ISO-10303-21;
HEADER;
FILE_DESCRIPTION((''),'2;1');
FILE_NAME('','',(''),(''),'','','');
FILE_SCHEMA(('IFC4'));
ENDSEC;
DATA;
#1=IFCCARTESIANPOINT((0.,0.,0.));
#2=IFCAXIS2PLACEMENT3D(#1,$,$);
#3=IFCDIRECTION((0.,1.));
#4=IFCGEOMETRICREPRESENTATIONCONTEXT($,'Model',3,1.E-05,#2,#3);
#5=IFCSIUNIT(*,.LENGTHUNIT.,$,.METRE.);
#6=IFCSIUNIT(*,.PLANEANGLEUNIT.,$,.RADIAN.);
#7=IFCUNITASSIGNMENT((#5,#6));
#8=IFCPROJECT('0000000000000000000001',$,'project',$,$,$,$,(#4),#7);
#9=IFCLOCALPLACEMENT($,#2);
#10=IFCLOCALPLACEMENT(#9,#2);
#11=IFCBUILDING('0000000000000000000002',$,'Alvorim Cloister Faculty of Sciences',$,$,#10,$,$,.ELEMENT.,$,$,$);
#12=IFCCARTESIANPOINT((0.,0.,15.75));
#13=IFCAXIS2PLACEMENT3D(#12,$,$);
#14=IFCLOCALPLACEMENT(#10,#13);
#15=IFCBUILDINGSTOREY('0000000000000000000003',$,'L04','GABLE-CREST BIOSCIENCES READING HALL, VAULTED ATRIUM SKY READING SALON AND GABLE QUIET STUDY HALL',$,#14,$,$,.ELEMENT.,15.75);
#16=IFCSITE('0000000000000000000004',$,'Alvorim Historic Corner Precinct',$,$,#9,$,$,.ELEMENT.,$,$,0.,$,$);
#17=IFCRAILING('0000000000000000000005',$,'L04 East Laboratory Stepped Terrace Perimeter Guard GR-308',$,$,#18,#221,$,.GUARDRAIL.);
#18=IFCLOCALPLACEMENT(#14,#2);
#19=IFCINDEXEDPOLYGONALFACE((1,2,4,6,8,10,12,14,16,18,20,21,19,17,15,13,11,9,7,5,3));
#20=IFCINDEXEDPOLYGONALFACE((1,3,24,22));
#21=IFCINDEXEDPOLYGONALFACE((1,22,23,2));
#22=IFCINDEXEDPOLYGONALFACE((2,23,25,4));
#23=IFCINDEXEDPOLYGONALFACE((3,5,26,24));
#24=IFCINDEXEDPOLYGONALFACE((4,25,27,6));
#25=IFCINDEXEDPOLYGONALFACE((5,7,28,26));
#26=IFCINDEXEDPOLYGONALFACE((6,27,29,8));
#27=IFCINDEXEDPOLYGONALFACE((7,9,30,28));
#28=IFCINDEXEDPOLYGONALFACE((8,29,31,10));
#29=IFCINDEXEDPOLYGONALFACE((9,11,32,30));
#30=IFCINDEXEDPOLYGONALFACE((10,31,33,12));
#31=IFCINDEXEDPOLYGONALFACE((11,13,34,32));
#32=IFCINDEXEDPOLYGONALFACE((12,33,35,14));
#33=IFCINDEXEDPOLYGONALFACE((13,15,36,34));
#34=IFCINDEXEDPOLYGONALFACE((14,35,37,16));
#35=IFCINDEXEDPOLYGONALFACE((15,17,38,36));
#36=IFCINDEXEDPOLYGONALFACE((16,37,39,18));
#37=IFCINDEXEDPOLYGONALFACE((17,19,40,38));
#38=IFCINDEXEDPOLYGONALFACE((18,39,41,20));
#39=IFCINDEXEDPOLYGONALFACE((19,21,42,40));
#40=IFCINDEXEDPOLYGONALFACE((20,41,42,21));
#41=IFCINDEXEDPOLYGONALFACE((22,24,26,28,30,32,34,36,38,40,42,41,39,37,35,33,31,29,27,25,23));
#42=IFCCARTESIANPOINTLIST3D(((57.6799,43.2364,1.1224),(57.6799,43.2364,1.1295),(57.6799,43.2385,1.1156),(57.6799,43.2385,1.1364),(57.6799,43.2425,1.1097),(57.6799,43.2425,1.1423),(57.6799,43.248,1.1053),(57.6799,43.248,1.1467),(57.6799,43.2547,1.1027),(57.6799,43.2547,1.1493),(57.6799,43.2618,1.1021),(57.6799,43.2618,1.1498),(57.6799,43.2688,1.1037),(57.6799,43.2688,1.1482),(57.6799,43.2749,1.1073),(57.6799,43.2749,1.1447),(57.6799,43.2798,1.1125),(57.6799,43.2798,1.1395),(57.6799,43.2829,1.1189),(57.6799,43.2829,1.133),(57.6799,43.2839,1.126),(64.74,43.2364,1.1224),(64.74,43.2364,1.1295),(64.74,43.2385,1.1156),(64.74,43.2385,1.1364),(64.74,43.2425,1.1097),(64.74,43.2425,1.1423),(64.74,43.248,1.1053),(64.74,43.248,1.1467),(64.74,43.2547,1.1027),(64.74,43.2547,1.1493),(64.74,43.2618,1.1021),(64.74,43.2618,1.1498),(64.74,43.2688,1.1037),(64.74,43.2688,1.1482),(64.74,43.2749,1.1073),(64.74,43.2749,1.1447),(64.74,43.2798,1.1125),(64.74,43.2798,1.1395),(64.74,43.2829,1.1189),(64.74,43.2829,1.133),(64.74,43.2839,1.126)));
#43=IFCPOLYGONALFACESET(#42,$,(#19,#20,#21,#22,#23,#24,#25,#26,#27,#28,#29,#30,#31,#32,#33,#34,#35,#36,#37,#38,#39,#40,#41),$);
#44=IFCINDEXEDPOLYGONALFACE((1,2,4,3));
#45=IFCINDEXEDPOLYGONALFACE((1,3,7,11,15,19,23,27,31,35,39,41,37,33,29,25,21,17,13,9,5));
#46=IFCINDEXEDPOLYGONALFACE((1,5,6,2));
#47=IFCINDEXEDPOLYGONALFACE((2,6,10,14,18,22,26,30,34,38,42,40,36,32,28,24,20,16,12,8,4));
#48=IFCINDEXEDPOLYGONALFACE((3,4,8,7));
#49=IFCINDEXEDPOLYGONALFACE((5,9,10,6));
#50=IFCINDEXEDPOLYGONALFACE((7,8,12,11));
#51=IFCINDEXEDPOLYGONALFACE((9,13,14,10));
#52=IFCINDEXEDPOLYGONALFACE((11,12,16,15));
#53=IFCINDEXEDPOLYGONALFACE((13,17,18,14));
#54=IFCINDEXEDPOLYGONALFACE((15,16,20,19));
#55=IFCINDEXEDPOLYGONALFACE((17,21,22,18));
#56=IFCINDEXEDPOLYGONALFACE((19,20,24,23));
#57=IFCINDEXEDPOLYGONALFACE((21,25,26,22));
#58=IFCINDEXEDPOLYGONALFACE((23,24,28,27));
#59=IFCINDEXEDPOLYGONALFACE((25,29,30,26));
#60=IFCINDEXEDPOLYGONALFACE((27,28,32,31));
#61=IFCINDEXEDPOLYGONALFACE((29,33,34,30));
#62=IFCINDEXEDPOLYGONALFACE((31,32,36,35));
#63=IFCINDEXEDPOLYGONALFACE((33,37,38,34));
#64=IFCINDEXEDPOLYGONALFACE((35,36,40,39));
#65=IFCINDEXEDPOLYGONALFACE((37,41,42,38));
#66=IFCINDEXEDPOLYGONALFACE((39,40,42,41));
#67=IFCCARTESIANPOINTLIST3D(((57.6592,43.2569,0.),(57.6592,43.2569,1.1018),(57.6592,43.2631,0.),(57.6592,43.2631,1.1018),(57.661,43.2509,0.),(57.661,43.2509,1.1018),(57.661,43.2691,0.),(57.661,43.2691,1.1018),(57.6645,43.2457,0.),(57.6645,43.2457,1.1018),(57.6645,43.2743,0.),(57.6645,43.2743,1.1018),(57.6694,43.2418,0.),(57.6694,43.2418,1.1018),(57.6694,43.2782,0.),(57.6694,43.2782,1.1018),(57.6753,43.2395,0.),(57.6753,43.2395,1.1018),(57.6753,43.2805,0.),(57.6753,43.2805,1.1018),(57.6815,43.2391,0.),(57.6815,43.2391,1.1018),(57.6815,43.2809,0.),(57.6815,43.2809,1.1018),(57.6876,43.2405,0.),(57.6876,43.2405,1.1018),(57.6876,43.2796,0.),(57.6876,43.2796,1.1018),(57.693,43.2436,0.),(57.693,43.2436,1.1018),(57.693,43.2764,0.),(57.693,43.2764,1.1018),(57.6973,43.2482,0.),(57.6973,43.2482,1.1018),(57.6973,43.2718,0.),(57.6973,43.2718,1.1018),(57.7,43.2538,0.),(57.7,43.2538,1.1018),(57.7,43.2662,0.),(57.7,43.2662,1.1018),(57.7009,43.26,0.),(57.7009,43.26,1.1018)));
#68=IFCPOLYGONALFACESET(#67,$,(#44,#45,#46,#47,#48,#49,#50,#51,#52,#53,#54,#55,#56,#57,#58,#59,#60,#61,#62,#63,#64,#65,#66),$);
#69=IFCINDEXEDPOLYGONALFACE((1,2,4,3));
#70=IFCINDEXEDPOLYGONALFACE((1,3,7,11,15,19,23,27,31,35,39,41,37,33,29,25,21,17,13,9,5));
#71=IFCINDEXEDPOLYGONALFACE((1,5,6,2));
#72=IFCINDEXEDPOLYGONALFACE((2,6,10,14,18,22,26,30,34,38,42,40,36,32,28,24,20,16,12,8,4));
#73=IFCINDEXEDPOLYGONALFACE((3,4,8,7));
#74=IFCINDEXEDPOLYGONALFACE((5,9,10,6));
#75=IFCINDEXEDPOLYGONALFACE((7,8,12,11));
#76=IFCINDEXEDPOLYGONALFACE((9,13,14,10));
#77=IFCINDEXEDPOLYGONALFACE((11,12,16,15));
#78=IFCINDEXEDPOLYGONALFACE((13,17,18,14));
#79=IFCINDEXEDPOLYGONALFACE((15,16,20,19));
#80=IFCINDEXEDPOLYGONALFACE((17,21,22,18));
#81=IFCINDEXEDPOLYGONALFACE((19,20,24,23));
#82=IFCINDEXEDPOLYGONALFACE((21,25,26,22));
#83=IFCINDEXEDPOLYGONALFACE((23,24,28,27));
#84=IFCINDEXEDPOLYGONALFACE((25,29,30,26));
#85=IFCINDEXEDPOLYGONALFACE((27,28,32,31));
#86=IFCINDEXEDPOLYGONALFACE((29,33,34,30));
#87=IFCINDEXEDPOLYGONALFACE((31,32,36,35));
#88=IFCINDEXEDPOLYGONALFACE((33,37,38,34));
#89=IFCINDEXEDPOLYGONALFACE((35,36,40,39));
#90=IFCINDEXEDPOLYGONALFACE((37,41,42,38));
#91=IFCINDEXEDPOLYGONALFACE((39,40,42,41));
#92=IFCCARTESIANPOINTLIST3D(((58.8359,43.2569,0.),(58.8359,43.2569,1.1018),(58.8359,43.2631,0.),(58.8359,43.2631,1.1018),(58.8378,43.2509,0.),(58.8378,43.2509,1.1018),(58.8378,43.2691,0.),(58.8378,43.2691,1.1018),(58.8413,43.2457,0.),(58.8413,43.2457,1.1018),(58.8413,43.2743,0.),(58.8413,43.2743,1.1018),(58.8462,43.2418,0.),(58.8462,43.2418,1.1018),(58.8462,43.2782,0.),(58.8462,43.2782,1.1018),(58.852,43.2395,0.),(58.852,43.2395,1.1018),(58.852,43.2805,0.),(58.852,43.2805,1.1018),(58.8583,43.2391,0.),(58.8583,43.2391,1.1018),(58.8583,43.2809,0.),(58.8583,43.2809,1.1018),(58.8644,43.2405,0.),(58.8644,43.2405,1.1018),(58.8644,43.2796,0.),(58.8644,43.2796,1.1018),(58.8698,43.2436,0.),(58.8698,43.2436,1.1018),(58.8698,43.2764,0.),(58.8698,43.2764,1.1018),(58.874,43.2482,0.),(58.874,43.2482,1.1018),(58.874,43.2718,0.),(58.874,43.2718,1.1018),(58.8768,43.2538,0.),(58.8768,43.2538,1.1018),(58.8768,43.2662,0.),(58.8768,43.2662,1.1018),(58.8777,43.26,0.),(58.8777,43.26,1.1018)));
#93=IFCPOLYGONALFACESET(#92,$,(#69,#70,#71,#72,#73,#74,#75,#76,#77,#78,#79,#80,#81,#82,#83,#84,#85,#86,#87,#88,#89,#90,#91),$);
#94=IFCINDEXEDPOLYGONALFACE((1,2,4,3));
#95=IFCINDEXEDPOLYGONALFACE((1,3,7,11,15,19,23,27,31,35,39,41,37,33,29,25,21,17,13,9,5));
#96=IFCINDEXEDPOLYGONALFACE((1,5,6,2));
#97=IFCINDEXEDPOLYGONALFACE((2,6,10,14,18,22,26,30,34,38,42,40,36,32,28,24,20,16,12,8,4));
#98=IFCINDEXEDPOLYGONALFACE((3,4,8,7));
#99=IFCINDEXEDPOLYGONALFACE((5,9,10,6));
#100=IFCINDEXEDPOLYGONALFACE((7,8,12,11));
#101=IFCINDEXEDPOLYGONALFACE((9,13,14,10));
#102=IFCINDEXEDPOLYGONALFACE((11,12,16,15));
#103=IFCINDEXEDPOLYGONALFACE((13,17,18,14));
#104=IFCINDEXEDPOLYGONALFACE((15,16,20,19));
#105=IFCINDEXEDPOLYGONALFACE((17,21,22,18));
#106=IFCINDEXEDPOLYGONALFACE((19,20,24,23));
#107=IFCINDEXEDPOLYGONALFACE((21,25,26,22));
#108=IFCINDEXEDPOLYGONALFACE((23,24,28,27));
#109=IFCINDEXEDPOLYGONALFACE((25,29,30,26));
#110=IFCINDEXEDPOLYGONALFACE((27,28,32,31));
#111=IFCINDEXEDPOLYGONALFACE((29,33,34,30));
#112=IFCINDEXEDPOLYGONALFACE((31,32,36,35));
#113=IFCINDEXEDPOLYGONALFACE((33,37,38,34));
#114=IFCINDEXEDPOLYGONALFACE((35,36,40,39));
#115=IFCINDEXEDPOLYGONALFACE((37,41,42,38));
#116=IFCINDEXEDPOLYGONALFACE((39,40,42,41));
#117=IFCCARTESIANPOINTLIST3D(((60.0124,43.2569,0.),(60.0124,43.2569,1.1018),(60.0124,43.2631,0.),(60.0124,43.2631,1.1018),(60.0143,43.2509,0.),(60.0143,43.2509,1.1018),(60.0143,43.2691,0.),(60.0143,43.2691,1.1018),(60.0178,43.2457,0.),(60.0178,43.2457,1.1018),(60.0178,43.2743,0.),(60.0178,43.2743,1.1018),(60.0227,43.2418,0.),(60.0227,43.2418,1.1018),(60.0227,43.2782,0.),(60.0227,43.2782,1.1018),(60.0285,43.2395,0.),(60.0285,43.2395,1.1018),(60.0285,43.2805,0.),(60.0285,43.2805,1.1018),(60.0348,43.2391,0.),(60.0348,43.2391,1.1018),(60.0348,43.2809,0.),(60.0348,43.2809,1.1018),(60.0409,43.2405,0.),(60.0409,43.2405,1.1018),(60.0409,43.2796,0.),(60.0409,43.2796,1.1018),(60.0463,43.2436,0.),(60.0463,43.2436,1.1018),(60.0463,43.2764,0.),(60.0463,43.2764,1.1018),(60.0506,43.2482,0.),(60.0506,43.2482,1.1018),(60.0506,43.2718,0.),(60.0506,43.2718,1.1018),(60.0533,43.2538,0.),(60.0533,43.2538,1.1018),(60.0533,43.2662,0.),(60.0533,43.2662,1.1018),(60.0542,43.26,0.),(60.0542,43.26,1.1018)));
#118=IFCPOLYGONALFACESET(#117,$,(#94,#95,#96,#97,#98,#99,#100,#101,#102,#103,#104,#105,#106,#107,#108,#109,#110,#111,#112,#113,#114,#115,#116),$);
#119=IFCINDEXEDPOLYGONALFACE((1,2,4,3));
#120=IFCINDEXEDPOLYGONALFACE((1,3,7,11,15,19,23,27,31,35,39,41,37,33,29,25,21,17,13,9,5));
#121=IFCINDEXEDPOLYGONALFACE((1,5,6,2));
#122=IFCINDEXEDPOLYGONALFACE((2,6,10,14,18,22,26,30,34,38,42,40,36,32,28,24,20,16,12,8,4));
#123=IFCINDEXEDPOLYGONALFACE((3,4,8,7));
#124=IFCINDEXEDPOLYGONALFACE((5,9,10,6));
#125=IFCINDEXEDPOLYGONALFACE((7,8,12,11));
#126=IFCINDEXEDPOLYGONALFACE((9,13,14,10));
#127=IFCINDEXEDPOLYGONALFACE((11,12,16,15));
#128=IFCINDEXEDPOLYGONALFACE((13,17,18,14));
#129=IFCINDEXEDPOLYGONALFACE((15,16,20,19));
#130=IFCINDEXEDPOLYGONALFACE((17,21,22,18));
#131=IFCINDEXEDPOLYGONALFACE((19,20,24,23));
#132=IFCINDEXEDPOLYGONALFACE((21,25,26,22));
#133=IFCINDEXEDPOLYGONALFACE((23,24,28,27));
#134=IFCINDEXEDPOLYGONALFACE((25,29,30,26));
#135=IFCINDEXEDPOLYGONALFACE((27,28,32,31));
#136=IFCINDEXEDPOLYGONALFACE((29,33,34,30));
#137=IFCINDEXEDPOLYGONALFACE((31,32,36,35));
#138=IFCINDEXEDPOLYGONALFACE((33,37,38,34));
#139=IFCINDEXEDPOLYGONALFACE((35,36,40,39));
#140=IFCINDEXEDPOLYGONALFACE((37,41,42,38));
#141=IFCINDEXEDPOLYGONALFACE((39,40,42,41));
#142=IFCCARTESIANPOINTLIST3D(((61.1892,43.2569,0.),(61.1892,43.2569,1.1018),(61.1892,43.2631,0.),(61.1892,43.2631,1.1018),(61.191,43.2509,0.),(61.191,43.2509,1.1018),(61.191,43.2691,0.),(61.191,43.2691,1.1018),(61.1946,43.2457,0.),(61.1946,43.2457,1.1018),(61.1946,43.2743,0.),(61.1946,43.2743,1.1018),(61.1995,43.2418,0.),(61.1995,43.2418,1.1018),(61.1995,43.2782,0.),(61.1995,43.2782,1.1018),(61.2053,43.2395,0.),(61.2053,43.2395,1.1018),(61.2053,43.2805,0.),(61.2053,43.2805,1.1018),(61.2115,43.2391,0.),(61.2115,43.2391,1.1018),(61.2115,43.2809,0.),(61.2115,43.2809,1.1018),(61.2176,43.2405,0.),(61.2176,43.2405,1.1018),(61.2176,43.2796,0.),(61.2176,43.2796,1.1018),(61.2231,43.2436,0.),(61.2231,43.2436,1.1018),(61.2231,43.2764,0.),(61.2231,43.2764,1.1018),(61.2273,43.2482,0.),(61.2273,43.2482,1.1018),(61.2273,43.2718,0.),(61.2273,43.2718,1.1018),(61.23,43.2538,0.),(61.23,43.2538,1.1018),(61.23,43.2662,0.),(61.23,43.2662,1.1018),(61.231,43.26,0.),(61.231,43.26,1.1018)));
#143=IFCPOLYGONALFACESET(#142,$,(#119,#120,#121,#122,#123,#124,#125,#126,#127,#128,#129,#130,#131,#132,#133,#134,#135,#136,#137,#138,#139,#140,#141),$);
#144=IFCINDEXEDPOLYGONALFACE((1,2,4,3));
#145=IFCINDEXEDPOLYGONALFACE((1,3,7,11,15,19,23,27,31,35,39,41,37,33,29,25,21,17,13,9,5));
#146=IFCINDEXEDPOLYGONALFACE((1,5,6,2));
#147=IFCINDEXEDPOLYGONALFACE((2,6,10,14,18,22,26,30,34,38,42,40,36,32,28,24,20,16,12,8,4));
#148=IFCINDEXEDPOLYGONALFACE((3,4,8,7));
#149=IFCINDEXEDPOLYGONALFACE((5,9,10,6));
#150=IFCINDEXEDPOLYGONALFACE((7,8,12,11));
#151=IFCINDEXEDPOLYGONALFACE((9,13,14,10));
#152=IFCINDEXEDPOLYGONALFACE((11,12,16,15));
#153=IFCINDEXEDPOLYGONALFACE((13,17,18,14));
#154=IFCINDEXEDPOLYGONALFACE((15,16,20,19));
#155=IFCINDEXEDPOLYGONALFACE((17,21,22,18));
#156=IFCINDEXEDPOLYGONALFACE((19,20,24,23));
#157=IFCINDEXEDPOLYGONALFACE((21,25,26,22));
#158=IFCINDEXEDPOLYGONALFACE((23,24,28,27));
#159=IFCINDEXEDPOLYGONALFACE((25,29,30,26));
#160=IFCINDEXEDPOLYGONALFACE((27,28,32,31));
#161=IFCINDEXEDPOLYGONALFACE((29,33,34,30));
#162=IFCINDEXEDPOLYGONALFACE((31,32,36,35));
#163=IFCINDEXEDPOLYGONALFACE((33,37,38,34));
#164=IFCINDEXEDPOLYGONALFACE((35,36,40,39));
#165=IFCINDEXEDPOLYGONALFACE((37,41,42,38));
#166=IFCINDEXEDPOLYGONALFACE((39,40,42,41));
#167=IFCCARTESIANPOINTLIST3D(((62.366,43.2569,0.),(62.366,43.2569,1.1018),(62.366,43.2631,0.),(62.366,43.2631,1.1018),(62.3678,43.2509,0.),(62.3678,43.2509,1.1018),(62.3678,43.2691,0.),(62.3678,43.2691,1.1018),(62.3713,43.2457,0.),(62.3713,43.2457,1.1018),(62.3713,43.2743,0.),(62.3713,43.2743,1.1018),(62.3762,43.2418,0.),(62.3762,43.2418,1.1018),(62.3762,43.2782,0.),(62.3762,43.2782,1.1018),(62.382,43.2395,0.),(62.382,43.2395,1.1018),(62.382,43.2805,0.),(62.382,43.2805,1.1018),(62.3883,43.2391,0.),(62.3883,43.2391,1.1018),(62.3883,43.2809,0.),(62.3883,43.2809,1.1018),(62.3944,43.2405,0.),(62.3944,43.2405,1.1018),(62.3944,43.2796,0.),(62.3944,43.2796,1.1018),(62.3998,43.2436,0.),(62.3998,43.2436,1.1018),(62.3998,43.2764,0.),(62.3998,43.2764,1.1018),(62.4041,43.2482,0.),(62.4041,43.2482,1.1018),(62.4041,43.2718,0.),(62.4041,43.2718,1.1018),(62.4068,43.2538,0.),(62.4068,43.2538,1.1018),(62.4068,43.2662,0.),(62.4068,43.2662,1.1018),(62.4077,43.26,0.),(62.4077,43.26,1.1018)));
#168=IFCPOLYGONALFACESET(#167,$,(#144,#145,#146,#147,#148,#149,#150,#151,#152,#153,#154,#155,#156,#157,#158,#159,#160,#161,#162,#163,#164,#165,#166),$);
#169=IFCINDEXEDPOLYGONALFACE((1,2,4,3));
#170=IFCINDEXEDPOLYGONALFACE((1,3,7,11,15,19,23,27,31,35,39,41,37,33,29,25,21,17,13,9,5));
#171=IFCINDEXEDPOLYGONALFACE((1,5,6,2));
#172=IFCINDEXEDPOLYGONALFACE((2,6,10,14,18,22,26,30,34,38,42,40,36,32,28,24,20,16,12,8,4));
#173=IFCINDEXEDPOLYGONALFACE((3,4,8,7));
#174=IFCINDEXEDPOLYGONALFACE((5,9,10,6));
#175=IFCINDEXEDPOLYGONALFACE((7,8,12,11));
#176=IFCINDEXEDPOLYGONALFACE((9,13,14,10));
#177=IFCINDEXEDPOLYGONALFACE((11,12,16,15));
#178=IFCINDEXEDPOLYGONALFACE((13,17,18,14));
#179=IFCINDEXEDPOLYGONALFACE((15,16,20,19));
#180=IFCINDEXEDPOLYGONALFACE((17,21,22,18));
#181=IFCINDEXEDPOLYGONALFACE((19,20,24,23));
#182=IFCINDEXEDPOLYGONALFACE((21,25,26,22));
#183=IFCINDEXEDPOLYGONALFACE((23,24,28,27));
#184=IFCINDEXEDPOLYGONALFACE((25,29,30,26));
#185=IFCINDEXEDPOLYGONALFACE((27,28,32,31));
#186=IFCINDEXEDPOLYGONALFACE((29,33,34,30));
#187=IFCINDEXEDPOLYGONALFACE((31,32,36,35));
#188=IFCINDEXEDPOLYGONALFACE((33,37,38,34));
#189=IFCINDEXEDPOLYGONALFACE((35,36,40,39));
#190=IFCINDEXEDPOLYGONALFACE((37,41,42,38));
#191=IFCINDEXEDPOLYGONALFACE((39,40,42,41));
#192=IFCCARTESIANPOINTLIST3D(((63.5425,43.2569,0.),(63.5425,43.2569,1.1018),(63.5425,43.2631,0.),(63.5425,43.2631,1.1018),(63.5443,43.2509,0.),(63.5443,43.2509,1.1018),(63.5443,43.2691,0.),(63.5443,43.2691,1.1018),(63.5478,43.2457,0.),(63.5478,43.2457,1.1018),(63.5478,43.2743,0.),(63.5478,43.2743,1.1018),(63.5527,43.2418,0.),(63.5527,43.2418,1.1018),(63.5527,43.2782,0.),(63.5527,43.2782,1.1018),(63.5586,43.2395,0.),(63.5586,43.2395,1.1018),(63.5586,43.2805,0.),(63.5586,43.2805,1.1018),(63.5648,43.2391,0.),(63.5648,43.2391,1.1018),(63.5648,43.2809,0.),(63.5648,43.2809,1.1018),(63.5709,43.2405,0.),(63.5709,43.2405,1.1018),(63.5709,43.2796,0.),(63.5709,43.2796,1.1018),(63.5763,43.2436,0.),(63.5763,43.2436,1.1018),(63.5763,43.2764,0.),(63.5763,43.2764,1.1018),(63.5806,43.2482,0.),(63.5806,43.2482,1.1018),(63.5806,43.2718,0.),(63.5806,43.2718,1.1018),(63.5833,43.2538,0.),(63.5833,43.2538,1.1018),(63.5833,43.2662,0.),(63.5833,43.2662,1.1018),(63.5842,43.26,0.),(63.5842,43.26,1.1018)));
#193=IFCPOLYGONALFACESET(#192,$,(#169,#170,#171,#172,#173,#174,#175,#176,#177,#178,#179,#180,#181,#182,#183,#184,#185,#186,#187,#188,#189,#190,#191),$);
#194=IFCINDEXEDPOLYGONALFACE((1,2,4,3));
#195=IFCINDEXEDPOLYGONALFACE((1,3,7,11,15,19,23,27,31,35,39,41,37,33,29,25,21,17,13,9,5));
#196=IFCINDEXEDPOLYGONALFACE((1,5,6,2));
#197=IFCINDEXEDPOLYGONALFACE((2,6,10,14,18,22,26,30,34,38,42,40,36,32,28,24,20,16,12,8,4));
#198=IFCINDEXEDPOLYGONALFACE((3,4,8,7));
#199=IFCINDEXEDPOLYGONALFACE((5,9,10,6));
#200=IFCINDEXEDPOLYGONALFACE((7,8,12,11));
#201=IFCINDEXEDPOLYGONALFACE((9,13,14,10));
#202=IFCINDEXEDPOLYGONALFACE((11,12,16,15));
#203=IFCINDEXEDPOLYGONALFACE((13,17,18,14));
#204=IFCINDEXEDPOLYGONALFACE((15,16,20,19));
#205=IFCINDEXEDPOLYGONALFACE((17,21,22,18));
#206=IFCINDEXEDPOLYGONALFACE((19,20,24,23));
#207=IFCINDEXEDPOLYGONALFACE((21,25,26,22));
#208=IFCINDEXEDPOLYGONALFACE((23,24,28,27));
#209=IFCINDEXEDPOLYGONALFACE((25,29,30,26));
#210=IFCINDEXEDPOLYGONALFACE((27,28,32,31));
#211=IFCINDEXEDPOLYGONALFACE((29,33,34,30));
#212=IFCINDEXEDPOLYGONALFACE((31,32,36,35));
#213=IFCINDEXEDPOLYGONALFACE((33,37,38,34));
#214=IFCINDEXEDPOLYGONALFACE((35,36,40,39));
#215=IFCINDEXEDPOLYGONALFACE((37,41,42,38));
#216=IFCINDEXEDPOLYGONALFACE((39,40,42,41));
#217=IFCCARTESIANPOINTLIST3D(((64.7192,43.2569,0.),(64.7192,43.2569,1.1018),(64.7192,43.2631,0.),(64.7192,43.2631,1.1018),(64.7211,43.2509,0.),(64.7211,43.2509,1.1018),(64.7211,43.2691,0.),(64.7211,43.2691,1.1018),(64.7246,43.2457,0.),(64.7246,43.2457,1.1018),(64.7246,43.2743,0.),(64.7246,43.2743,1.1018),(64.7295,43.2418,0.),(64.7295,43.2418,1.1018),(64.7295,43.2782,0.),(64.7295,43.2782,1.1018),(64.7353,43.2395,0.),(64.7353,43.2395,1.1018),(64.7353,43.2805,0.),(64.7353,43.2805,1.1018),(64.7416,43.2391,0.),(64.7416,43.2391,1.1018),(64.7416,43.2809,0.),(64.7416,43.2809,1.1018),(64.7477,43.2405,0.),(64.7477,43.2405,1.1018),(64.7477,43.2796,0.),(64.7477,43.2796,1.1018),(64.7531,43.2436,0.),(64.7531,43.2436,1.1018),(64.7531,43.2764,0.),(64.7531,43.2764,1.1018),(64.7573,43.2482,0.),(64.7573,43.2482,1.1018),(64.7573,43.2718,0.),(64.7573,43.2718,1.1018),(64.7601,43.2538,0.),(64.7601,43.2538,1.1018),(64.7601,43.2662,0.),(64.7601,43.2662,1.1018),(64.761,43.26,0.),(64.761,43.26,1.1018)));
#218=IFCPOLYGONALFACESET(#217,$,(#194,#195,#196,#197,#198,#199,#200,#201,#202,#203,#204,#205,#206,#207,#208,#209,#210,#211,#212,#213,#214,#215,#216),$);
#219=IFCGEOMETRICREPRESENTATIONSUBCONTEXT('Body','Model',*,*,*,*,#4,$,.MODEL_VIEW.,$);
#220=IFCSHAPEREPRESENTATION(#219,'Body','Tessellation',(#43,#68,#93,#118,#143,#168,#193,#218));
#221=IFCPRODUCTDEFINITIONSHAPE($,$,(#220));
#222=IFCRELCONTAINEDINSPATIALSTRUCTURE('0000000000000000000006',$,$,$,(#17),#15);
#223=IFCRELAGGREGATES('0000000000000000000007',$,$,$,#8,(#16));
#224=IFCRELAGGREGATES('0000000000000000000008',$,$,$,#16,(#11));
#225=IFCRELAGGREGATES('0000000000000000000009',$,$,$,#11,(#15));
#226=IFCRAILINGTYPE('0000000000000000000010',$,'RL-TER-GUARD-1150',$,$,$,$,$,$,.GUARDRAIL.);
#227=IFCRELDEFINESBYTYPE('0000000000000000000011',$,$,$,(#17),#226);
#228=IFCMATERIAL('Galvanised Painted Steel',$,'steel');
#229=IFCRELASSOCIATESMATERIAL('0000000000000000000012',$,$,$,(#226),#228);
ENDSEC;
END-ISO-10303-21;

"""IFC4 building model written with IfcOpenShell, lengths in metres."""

from ifc_helpers import new_model, si_unit, direction, frame, origin, origin_2d, place, context, subcontext, project, spatial, circle, extrude, material, type_object, element, save


model = new_model("IFC4")

# Units and contexts
model_context = context("Model", 3, precision=1e-05, world=origin(), true_north=direction((0.0, 1.0)))
body_context = subcontext(model_context, "Body", "Model", "MODEL_VIEW")
ifc_project = project(units=[si_unit("LENGTHUNIT", "METRE"), si_unit("PLANEANGLEUNIT", "RADIAN")], contexts=[model_context])

# Site, building, storey
site_placement = place(None, origin())
site = spatial("IfcSite", under=ifc_project, at=site_placement, Name="Alvorim Historic Corner Precinct", CompositionType="ELEMENT", RefElevation=0.0)
building_placement = place(site_placement, origin())
building = spatial("IfcBuilding", under=site, at=building_placement, Name="Alvorim Cloister Faculty of Sciences", CompositionType="ELEMENT")
storey_placement = place(building_placement, frame((0.0, 0.0, 15.75)))
storey = spatial("IfcBuildingStorey", under=building, at=storey_placement, Name="L04", Description="GABLE-CREST BIOSCIENCES READING HALL, VAULTED ATRIUM SKY READING SALON AND GABLE QUIET STUDY HALL", CompositionType="ELEMENT", Elevation=15.75)

# Railing
ifc_material_1 = material(Name="Galvanised Painted Steel", Category="steel")
railing_type_1 = type_object("IfcRailingType", Name="RL-TER-GUARD-1150", PredefinedType="GUARDRAIL", material=ifc_material_1)
railing_1_placement = place(storey_placement, frame((57.6799, 43.26, 0.0)))
element("IfcRailing", 1, at=railing_1_placement, inside=storey, type_object=railing_type_1, Name="L04 East Laboratory Stepped Terrace Perimeter Guard GR-308", PredefinedType="GUARDRAIL", context=body_context, shape_type="SweptSolid", body=[
    extrude(circle(Radius=0.0239, at=origin_2d()), frame((0.0, 0.0, 1.126), z_axis=(1.0, 0.0, 0.0), x_axis=(0.0, 1.0, 0.0)), (0.0, 0.0, 1.0), 7.0601),
    extrude(circle(Radius=0.021, at=origin_2d()), origin(), (0.0, 0.0, 1.0), 1.1018),
    extrude(circle(Radius=0.021, at=origin_2d()), frame((1.1768, 0.0, 0.0)), (0.0, 0.0, 1.0), 1.1018),
    extrude(circle(Radius=0.021, at=origin_2d()), frame((2.3533, 0.0, 0.0)), (0.0, 0.0, 1.0), 1.1018),
    extrude(circle(Radius=0.021, at=origin_2d()), frame((3.53, 0.0, 0.0)), (0.0, 0.0, 1.0), 1.1018),
    extrude(circle(Radius=0.021, at=origin_2d()), frame((4.7068, 0.0, 0.0)), (0.0, 0.0, 1.0), 1.1018),
    extrude(circle(Radius=0.021, at=origin_2d()), frame((5.8833, 0.0, 0.0)), (0.0, 0.0, 1.0), 1.1018),
    extrude(circle(Radius=0.021, at=origin_2d()), frame((7.0601, 0.0, 0.0)), (0.0, 0.0, 1.0), 1.1018),
])

save(model, "model.ifc")
